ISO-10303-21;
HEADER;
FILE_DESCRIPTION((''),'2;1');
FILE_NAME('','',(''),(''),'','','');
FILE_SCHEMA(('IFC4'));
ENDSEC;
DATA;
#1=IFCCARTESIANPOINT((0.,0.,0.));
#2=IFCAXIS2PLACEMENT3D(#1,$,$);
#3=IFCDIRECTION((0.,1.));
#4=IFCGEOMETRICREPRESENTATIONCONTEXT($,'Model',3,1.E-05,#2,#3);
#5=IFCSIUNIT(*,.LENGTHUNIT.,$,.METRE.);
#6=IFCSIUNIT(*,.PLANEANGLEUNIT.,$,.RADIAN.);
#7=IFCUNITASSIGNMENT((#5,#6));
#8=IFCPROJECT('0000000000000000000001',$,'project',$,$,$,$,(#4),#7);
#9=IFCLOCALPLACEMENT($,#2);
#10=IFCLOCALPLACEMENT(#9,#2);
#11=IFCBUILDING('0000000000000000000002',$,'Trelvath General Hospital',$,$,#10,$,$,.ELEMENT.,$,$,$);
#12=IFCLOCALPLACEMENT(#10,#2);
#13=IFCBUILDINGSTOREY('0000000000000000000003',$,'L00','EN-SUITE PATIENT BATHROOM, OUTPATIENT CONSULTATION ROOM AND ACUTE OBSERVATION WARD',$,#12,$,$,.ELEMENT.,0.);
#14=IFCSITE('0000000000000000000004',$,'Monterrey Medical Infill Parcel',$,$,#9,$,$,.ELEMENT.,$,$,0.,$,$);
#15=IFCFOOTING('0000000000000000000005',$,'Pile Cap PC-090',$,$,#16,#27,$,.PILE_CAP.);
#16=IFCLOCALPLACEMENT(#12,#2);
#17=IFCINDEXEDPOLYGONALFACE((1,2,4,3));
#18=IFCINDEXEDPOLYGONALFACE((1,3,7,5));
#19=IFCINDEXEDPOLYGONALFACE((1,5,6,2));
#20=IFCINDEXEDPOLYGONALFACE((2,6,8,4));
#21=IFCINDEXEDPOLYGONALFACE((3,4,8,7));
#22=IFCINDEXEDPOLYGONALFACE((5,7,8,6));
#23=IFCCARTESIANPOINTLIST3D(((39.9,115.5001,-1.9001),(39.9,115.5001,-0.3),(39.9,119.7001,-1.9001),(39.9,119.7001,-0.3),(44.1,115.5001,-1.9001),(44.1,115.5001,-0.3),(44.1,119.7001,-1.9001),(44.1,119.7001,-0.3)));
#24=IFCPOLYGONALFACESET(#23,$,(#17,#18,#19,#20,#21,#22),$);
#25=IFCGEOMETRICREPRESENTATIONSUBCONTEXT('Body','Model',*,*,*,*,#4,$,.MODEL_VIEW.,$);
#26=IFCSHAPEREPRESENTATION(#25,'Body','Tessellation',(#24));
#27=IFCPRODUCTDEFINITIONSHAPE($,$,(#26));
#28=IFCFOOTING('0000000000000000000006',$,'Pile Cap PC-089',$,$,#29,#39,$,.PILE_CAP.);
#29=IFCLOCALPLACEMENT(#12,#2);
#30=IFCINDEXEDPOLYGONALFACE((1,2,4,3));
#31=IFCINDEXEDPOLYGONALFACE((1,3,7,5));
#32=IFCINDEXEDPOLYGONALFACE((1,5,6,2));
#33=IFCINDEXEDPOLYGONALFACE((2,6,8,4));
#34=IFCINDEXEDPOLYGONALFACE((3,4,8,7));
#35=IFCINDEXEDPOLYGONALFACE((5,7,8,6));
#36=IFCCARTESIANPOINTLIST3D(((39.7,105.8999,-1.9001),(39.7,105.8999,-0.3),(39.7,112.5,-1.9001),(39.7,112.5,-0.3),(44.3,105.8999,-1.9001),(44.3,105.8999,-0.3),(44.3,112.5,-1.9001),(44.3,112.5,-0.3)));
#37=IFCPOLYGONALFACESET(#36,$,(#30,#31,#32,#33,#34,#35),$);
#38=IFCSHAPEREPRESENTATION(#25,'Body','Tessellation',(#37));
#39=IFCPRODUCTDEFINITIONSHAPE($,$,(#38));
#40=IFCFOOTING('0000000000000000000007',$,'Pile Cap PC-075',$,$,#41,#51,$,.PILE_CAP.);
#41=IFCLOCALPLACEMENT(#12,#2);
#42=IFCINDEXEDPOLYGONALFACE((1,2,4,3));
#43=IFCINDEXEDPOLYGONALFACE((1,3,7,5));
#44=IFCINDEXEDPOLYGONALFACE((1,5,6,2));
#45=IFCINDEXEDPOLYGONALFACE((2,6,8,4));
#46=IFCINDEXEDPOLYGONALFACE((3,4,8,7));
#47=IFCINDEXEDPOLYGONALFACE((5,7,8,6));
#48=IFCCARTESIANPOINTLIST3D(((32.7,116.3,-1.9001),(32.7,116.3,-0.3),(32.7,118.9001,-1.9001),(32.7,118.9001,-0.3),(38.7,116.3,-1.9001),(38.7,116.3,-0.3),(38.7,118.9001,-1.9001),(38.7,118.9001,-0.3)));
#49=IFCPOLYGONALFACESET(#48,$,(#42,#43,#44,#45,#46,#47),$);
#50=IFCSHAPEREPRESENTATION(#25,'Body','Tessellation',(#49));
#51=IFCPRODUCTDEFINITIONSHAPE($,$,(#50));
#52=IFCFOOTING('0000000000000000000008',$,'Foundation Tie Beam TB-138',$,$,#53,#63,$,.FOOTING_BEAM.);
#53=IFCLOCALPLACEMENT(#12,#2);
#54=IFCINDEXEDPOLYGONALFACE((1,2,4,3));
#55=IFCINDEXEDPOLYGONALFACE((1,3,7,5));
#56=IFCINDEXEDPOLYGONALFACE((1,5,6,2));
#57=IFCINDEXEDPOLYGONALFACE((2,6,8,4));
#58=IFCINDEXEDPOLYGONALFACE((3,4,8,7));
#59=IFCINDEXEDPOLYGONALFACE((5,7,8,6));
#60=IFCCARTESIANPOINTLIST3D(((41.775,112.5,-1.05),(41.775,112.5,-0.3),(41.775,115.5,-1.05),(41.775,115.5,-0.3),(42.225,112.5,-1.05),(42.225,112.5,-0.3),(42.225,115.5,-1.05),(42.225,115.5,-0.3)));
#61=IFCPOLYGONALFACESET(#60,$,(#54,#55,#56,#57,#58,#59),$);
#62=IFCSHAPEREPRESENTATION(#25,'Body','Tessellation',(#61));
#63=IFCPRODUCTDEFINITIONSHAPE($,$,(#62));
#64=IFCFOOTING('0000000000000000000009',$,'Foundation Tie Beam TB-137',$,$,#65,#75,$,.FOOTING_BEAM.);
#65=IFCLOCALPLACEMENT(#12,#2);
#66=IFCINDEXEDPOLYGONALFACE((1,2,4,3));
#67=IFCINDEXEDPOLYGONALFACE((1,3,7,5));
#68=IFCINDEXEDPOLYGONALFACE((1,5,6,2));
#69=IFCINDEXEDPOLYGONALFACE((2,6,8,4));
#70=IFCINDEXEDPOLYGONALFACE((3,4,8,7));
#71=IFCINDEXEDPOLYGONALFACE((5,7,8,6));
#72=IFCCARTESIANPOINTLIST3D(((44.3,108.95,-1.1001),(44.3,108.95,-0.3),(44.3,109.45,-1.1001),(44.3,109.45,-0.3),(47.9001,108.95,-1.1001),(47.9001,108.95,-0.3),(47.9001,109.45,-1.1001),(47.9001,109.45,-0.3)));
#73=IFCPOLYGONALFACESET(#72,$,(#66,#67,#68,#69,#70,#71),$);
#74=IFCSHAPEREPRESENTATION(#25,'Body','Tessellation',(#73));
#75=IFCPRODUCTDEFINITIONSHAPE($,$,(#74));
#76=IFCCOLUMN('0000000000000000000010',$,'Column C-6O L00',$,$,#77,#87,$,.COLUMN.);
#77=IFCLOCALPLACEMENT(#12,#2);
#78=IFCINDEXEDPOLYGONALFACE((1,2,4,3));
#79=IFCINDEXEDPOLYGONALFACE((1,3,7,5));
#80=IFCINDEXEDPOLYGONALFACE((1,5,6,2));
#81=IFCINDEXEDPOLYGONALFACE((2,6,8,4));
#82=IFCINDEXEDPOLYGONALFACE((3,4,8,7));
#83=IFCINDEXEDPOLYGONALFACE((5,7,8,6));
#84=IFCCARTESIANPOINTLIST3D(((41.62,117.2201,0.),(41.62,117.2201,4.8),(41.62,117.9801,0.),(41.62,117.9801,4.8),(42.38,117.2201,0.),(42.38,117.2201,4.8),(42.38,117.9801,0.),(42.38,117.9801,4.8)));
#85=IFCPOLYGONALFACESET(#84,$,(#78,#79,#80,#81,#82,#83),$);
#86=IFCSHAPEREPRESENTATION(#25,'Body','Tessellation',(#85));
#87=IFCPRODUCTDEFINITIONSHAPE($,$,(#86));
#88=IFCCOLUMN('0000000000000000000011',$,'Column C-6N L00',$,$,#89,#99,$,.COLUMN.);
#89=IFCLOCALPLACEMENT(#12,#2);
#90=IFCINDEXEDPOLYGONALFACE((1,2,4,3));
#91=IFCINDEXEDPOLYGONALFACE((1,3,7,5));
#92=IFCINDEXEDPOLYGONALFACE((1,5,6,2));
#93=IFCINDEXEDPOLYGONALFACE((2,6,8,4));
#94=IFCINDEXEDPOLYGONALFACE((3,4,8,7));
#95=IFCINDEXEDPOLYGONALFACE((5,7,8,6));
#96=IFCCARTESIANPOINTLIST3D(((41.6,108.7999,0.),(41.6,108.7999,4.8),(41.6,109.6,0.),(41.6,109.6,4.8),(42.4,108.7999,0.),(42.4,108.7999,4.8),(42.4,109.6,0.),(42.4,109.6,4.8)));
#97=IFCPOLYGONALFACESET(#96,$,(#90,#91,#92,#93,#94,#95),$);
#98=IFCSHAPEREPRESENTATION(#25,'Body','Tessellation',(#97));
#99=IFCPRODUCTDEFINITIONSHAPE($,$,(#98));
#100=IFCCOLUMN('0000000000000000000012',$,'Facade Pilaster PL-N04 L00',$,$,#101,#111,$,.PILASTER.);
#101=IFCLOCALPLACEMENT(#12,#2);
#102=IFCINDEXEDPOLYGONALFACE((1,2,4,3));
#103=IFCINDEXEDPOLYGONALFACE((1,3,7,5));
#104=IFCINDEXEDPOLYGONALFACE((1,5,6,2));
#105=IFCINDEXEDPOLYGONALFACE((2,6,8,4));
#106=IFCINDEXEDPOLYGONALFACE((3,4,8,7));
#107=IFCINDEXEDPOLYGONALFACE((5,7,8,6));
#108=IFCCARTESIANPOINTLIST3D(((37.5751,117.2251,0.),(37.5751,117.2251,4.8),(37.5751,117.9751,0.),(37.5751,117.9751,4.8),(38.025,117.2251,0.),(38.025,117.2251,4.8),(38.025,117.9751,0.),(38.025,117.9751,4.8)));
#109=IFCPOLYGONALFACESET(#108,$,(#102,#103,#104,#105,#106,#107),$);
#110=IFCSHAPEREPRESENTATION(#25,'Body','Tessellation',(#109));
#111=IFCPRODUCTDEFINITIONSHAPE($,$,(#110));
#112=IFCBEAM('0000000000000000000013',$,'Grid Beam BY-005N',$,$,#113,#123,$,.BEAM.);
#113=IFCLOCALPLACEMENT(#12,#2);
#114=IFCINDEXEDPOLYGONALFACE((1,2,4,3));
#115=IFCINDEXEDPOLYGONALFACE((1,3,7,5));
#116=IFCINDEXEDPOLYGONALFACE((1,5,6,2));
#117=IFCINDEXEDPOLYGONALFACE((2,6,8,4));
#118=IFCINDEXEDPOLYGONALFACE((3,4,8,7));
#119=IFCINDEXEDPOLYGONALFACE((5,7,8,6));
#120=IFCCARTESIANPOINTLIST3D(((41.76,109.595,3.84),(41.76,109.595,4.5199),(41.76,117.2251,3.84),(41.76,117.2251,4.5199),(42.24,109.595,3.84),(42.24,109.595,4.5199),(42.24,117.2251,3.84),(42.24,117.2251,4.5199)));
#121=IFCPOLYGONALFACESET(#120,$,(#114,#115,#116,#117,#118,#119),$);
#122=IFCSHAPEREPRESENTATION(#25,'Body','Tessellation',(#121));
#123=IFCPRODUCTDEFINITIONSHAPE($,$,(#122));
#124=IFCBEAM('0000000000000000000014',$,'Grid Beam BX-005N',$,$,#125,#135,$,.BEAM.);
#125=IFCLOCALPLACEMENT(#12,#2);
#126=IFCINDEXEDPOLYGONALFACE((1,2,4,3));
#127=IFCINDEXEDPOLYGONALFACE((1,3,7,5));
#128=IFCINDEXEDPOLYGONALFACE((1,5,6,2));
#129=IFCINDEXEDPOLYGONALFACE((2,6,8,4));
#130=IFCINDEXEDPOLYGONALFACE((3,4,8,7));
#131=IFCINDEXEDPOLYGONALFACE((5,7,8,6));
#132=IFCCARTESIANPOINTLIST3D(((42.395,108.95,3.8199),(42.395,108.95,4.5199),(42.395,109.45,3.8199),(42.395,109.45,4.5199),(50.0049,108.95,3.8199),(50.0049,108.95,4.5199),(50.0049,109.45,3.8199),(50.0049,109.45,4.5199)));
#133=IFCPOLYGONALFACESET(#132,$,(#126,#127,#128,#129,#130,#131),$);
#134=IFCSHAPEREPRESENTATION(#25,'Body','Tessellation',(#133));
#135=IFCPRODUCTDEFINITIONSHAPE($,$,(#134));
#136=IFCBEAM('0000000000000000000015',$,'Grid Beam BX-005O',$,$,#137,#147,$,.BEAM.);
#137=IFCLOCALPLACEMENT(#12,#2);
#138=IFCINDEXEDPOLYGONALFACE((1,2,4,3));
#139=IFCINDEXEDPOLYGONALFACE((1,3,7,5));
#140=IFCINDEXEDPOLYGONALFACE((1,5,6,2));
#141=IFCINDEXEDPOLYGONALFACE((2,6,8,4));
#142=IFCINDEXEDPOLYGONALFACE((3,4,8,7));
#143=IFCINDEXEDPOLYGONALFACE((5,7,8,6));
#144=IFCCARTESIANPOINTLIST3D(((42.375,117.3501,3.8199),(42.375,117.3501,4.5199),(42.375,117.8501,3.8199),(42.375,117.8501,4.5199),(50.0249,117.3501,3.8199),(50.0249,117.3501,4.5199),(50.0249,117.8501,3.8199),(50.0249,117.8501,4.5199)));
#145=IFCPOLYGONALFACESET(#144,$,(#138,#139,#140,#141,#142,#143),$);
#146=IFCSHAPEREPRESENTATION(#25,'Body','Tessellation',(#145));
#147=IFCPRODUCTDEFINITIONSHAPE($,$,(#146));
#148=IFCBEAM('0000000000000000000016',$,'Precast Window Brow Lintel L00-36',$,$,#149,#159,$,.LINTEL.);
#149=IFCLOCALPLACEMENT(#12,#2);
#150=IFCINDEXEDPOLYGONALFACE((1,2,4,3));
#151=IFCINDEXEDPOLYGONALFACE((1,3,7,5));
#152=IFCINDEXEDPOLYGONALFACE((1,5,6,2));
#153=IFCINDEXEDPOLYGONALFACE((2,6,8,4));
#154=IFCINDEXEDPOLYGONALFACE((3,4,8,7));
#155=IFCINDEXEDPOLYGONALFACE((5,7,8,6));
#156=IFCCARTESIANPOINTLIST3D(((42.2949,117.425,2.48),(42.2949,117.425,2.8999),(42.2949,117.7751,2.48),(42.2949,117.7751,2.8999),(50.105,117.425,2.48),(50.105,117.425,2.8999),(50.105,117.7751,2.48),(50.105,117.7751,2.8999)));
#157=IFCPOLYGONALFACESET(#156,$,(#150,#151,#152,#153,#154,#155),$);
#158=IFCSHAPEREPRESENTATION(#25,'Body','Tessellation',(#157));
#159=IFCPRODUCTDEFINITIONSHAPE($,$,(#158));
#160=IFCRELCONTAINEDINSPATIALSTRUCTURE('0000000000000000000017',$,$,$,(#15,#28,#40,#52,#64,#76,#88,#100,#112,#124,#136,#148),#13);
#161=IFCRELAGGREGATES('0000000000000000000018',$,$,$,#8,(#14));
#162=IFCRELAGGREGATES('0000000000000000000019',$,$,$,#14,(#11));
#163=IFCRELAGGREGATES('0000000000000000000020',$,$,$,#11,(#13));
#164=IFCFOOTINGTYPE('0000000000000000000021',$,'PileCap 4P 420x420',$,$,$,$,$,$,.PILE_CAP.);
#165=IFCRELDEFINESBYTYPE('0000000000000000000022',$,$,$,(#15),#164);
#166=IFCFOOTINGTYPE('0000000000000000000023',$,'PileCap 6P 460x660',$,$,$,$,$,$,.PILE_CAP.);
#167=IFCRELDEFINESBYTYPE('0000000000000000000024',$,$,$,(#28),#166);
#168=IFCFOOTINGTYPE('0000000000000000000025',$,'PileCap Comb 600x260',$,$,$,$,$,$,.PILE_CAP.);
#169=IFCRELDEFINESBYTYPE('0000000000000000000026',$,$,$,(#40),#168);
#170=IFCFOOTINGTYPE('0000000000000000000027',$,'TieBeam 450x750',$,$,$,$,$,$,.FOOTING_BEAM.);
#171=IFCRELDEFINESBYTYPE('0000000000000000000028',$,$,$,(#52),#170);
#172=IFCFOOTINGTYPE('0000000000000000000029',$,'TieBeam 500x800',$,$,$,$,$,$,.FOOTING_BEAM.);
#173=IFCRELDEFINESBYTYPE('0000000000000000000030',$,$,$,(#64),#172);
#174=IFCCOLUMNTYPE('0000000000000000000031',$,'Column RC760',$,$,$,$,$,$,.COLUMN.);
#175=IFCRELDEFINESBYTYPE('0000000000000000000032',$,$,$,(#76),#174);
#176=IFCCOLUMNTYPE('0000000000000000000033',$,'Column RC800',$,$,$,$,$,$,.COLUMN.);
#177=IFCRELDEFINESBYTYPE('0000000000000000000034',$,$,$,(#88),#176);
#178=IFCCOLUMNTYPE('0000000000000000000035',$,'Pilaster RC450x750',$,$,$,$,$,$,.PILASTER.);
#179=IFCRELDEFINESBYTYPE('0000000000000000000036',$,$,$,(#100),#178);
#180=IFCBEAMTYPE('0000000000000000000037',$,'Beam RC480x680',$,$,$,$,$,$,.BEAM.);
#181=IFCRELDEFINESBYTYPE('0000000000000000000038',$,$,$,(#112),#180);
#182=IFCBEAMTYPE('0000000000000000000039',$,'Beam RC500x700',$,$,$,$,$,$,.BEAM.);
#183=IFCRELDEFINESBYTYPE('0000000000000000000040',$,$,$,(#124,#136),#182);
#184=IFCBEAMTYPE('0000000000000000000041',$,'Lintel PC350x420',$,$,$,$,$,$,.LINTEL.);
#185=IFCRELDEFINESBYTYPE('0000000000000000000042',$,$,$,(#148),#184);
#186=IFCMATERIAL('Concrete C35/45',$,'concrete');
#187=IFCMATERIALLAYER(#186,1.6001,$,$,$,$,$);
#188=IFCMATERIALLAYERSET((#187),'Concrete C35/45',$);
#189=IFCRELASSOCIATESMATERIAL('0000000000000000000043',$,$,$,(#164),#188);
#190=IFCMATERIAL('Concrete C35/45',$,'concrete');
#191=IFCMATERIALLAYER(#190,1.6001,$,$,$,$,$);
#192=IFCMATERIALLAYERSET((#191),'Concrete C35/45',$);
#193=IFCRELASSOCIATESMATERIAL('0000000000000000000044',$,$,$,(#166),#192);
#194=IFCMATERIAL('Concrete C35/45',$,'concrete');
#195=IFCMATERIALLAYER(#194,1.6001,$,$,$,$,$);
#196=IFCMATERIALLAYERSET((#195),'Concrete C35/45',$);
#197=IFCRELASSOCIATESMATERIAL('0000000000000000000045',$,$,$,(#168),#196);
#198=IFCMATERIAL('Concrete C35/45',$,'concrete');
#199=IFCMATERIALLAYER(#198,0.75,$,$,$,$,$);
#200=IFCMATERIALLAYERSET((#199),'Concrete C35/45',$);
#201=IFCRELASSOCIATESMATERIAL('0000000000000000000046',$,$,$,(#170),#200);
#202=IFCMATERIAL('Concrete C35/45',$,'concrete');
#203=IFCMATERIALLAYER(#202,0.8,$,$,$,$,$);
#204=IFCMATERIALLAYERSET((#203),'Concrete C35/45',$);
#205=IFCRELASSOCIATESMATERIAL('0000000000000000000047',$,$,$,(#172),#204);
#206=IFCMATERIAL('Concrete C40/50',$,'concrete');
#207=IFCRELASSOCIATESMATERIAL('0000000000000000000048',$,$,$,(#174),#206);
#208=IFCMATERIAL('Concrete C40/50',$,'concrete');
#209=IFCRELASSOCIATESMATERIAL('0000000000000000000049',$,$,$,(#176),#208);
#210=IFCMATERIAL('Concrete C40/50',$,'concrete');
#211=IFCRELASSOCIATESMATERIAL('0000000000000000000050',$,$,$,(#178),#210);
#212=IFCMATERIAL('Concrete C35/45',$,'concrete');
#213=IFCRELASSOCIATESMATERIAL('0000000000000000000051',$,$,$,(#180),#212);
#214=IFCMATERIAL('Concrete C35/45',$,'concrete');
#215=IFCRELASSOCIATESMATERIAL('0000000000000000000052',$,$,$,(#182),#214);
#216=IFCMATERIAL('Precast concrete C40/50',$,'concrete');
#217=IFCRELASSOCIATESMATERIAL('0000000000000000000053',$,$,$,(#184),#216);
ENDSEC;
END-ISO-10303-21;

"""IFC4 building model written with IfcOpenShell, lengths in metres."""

from ifc_helpers import new_model, si_unit, direction, frame, origin, origin_2d, place, context, subcontext, project, spatial, rectangle, extrude, material, layer, layer_set, material_profile, profile_set, type_object, element, save


model = new_model("IFC4")

# Units and contexts
model_context = context("Model", 3, precision=1e-05, world=origin(), true_north=direction((0.0, 1.0)))
body_context = subcontext(model_context, "Body", "Model", "MODEL_VIEW")
ifc_project = project(units=[si_unit("LENGTHUNIT", "METRE"), si_unit("PLANEANGLEUNIT", "RADIAN")], contexts=[model_context])

# Site, building, storey
site_placement = place(None, origin())
site = spatial("IfcSite", under=ifc_project, at=site_placement, Name="Monterrey Medical Infill Parcel", CompositionType="ELEMENT", RefElevation=0.0)
building_placement = place(site_placement, origin())
building = spatial("IfcBuilding", under=site, at=building_placement, Name="Trelvath General Hospital", CompositionType="ELEMENT")
storey_placement = place(building_placement, origin())
storey = spatial("IfcBuildingStorey", under=building, at=storey_placement, Name="L00", Description="EN-SUITE PATIENT BATHROOM, OUTPATIENT CONSULTATION ROOM AND ACUTE OBSERVATION WARD", CompositionType="ELEMENT", Elevation=0.0)

# Footings
ifc_material_1 = material(Name="Concrete C35/45", Category="concrete")
ifc_layer_1 = layer(ifc_material_1, 1.6001)
ifc_layer_set_1 = layer_set([ifc_layer_1], Name="Concrete C35/45")
footing_type_1 = type_object("IfcFootingType", Name="PileCap 4P 420x420", PredefinedType="PILE_CAP", material=ifc_layer_set_1)
footing_1_placement = place(storey_placement, frame((42.0, 117.6001, -1.9001), z_axis=(0.0, 0.0, 1.0), x_axis=(1.0, 0.0, 0.0)))
element("IfcFooting", 1, at=footing_1_placement, inside=storey, type_object=footing_type_1, Name="Pile Cap PC-090", PredefinedType="PILE_CAP", context=body_context, shape_type="SweptSolid", body=[
    extrude(rectangle(XDim=4.2, YDim=4.2, at=origin_2d()), origin(), (0.0, 0.0, 1.0), 1.6001),
])
ifc_material_2 = material(Name="Concrete C35/45", Category="concrete")
ifc_layer_2 = layer(ifc_material_2, 1.6001)
ifc_layer_set_2 = layer_set([ifc_layer_2], Name="Concrete C35/45")
footing_type_2 = type_object("IfcFootingType", Name="PileCap 6P 460x660", PredefinedType="PILE_CAP", material=ifc_layer_set_2)
footing_2_placement = place(storey_placement, frame((42.0, 109.2, -1.9001), z_axis=(0.0, 0.0, 1.0), x_axis=(1.0, 0.0, 0.0)))
element("IfcFooting", 2, at=footing_2_placement, inside=storey, type_object=footing_type_2, Name="Pile Cap PC-089", PredefinedType="PILE_CAP", context=body_context, shape_type="SweptSolid", body=[
    extrude(rectangle(XDim=4.6001, YDim=6.6001, at=origin_2d()), origin(), (0.0, 0.0, 1.0), 1.6001),
])
ifc_material_3 = material(Name="Concrete C35/45", Category="concrete")
ifc_layer_3 = layer(ifc_material_3, 1.6001)
ifc_layer_set_3 = layer_set([ifc_layer_3], Name="Concrete C35/45")
footing_type_3 = type_object("IfcFootingType", Name="PileCap Comb 600x260", PredefinedType="PILE_CAP", material=ifc_layer_set_3)
footing_3_placement = place(storey_placement, frame((35.7, 117.6001, -1.9001), z_axis=(0.0, 0.0, 1.0), x_axis=(1.0, 0.0, 0.0)))
element("IfcFooting", 3, at=footing_3_placement, inside=storey, type_object=footing_type_3, Name="Pile Cap PC-075", PredefinedType="PILE_CAP", context=body_context, shape_type="SweptSolid", body=[
    extrude(rectangle(XDim=6.0, YDim=2.6001, at=origin_2d()), origin(), (0.0, 0.0, 1.0), 1.6001),
])
ifc_material_4 = material(Name="Concrete C35/45", Category="concrete")
ifc_layer_4 = layer(ifc_material_4, 0.75)
ifc_layer_set_4 = layer_set([ifc_layer_4], Name="Concrete C35/45")
footing_type_4 = type_object("IfcFootingType", Name="TieBeam 450x750", PredefinedType="FOOTING_BEAM", material=ifc_layer_set_4)
footing_4_placement = place(storey_placement, frame((42.0, 114.0, -1.05), z_axis=(0.0, 0.0, 1.0), x_axis=(1.0, 0.0, 0.0)))
element("IfcFooting", 4, at=footing_4_placement, inside=storey, type_object=footing_type_4, Name="Foundation Tie Beam TB-138", PredefinedType="FOOTING_BEAM", context=body_context, shape_type="SweptSolid", body=[
    extrude(rectangle(XDim=0.45, YDim=3.0, at=origin_2d()), origin(), (0.0, 0.0, 1.0), 0.75),
])
ifc_material_5 = material(Name="Concrete C35/45", Category="concrete")
ifc_layer_5 = layer(ifc_material_5, 0.8)
ifc_layer_set_5 = layer_set([ifc_layer_5], Name="Concrete C35/45")
footing_type_5 = type_object("IfcFootingType", Name="TieBeam 500x800", PredefinedType="FOOTING_BEAM", material=ifc_layer_set_5)
footing_5_placement = place(storey_placement, frame((46.1001, 109.2, -1.1001), z_axis=(0.0, 0.0, 1.0), x_axis=(1.0, 0.0, 0.0)))
element("IfcFooting", 5, at=footing_5_placement, inside=storey, type_object=footing_type_5, Name="Foundation Tie Beam TB-137", PredefinedType="FOOTING_BEAM", context=body_context, shape_type="SweptSolid", body=[
    extrude(rectangle(XDim=3.6001, YDim=0.5, at=origin_2d()), origin(), (0.0, 0.0, 1.0), 0.8),
])

# Columns
ifc_material_6 = material(Name="Concrete C40/50", Category="concrete")
ifc_material_profile_1 = material_profile(ifc_material_6, rectangle(XDim=0.76, YDim=0.76, at=origin_2d()), Name="RC760x760")
ifc_profile_set_1 = profile_set([ifc_material_profile_1], Name="Concrete C40/50")
column_type_1 = type_object("IfcColumnType", Name="Column RC760", PredefinedType="COLUMN", material=ifc_profile_set_1)
column_1_placement = place(storey_placement, frame((42.0, 117.6001, 0.0), z_axis=(0.0, 0.0, 1.0), x_axis=(1.0, 0.0, 0.0)))
element("IfcColumn", 6, at=column_1_placement, inside=storey, type_object=column_type_1, Name="Column C-6O L00", PredefinedType="COLUMN", context=body_context, shape_type="SweptSolid", body=[
    extrude(rectangle(XDim=0.76, YDim=0.76, at=origin_2d()), origin(), (0.0, 0.0, 1.0), 4.8),
])
ifc_material_7 = material(Name="Concrete C40/50", Category="concrete")
ifc_material_profile_2 = material_profile(ifc_material_7, rectangle(XDim=0.8, YDim=0.8, at=origin_2d()), Name="RC800x800")
ifc_profile_set_2 = profile_set([ifc_material_profile_2], Name="Concrete C40/50")
column_type_2 = type_object("IfcColumnType", Name="Column RC800", PredefinedType="COLUMN", material=ifc_profile_set_2)
column_2_placement = place(storey_placement, frame((42.0, 109.2, 0.0), z_axis=(0.0, 0.0, 1.0), x_axis=(1.0, 0.0, 0.0)))
element("IfcColumn", 7, at=column_2_placement, inside=storey, type_object=column_type_2, Name="Column C-6N L00", PredefinedType="COLUMN", context=body_context, shape_type="SweptSolid", body=[
    extrude(rectangle(XDim=0.8, YDim=0.8, at=origin_2d()), origin(), (0.0, 0.0, 1.0), 4.8),
])
ifc_material_8 = material(Name="Concrete C40/50", Category="concrete")
ifc_material_profile_3 = material_profile(ifc_material_8, rectangle(XDim=0.45, YDim=0.75, at=origin_2d()), Name="RC450x750")
ifc_profile_set_3 = profile_set([ifc_material_profile_3], Name="Concrete C40/50")
column_type_3 = type_object("IfcColumnType", Name="Pilaster RC450x750", PredefinedType="PILASTER", material=ifc_profile_set_3)
column_3_placement = place(storey_placement, frame((37.8, 117.6001, 0.0), z_axis=(0.0, 0.0, 1.0), x_axis=(1.0, 0.0, 0.0)))
element("IfcColumn", 8, at=column_3_placement, inside=storey, type_object=column_type_3, Name="Facade Pilaster PL-N04 L00", PredefinedType="PILASTER", context=body_context, shape_type="SweptSolid", body=[
    extrude(rectangle(XDim=0.45, YDim=0.75, at=origin_2d()), origin(), (0.0, 0.0, 1.0), 4.8),
])

# Beams
ifc_material_9 = material(Name="Concrete C35/45", Category="concrete")
ifc_material_profile_4 = material_profile(ifc_material_9, rectangle(XDim=0.48, YDim=0.6799, at=origin_2d()), Name="RCB480x680")
ifc_profile_set_4 = profile_set([ifc_material_profile_4], Name="Concrete C35/45")
beam_type_1 = type_object("IfcBeamType", Name="Beam RC480x680", PredefinedType="BEAM", material=ifc_profile_set_4)
beam_1_placement = place(storey_placement, frame((42.0, 109.595, 4.1799), z_axis=(0.0, 1.0, 0.0), x_axis=(-1.0, 0.0, 0.0)))
element("IfcBeam", 9, at=beam_1_placement, inside=storey, type_object=beam_type_1, Name="Grid Beam BY-005N", PredefinedType="BEAM", context=body_context, shape_type="SweptSolid", body=[
    extrude(rectangle(XDim=0.48, YDim=0.6799, at=origin_2d()), origin(), (0.0, 0.0, 1.0), 7.6301),
])
ifc_material_10 = material(Name="Concrete C35/45", Category="concrete")
ifc_material_profile_5 = material_profile(ifc_material_10, rectangle(XDim=0.5, YDim=0.7, at=origin_2d()), Name="RCB500x700")
ifc_profile_set_5 = profile_set([ifc_material_profile_5], Name="Concrete C35/45")
beam_type_2 = type_object("IfcBeamType", Name="Beam RC500x700", PredefinedType="BEAM", material=ifc_profile_set_5)
beam_2_placement = place(storey_placement, frame((42.395, 109.2, 4.1699), z_axis=(1.0, 0.0, 0.0), x_axis=(0.0, 1.0, 0.0)))
element("IfcBeam", 10, at=beam_2_placement, inside=storey, type_object=beam_type_2, Name="Grid Beam BX-005N", PredefinedType="BEAM", context=body_context, shape_type="SweptSolid", body=[
    extrude(rectangle(XDim=0.5, YDim=0.7, at=origin_2d()), origin(), (0.0, 0.0, 1.0), 7.6099),
])
beam_3_placement = place(storey_placement, frame((42.375, 117.6001, 4.1699), z_axis=(1.0, 0.0, 0.0), x_axis=(0.0, 1.0, 0.0)))
element("IfcBeam", 11, at=beam_3_placement, inside=storey, type_object=beam_type_2, Name="Grid Beam BX-005O", PredefinedType="BEAM", context=body_context, shape_type="SweptSolid", body=[
    extrude(rectangle(XDim=0.5, YDim=0.7, at=origin_2d()), origin(), (0.0, 0.0, 1.0), 7.6499),
])
ifc_material_11 = material(Name="Precast concrete C40/50", Category="concrete")
ifc_material_profile_6 = material_profile(ifc_material_11, rectangle(XDim=0.3501, YDim=0.4199, at=origin_2d()), Name="PCL350x420")
ifc_profile_set_6 = profile_set([ifc_material_profile_6], Name="Precast concrete C40/50")
beam_type_3 = type_object("IfcBeamType", Name="Lintel PC350x420", PredefinedType="LINTEL", material=ifc_profile_set_6)
beam_4_placement = place(storey_placement, frame((42.2949, 117.6001, 2.6899), z_axis=(1.0, 0.0, 0.0), x_axis=(0.0, 1.0, 0.0)))
element("IfcBeam", 12, at=beam_4_placement, inside=storey, type_object=beam_type_3, Name="Precast Window Brow Lintel L00-36", PredefinedType="LINTEL", context=body_context, shape_type="SweptSolid", body=[
    extrude(rectangle(XDim=0.3501, YDim=0.4199, at=origin_2d()), origin(), (0.0, 0.0, 1.0), 7.8101),
])

save(model, "model.ifc")
